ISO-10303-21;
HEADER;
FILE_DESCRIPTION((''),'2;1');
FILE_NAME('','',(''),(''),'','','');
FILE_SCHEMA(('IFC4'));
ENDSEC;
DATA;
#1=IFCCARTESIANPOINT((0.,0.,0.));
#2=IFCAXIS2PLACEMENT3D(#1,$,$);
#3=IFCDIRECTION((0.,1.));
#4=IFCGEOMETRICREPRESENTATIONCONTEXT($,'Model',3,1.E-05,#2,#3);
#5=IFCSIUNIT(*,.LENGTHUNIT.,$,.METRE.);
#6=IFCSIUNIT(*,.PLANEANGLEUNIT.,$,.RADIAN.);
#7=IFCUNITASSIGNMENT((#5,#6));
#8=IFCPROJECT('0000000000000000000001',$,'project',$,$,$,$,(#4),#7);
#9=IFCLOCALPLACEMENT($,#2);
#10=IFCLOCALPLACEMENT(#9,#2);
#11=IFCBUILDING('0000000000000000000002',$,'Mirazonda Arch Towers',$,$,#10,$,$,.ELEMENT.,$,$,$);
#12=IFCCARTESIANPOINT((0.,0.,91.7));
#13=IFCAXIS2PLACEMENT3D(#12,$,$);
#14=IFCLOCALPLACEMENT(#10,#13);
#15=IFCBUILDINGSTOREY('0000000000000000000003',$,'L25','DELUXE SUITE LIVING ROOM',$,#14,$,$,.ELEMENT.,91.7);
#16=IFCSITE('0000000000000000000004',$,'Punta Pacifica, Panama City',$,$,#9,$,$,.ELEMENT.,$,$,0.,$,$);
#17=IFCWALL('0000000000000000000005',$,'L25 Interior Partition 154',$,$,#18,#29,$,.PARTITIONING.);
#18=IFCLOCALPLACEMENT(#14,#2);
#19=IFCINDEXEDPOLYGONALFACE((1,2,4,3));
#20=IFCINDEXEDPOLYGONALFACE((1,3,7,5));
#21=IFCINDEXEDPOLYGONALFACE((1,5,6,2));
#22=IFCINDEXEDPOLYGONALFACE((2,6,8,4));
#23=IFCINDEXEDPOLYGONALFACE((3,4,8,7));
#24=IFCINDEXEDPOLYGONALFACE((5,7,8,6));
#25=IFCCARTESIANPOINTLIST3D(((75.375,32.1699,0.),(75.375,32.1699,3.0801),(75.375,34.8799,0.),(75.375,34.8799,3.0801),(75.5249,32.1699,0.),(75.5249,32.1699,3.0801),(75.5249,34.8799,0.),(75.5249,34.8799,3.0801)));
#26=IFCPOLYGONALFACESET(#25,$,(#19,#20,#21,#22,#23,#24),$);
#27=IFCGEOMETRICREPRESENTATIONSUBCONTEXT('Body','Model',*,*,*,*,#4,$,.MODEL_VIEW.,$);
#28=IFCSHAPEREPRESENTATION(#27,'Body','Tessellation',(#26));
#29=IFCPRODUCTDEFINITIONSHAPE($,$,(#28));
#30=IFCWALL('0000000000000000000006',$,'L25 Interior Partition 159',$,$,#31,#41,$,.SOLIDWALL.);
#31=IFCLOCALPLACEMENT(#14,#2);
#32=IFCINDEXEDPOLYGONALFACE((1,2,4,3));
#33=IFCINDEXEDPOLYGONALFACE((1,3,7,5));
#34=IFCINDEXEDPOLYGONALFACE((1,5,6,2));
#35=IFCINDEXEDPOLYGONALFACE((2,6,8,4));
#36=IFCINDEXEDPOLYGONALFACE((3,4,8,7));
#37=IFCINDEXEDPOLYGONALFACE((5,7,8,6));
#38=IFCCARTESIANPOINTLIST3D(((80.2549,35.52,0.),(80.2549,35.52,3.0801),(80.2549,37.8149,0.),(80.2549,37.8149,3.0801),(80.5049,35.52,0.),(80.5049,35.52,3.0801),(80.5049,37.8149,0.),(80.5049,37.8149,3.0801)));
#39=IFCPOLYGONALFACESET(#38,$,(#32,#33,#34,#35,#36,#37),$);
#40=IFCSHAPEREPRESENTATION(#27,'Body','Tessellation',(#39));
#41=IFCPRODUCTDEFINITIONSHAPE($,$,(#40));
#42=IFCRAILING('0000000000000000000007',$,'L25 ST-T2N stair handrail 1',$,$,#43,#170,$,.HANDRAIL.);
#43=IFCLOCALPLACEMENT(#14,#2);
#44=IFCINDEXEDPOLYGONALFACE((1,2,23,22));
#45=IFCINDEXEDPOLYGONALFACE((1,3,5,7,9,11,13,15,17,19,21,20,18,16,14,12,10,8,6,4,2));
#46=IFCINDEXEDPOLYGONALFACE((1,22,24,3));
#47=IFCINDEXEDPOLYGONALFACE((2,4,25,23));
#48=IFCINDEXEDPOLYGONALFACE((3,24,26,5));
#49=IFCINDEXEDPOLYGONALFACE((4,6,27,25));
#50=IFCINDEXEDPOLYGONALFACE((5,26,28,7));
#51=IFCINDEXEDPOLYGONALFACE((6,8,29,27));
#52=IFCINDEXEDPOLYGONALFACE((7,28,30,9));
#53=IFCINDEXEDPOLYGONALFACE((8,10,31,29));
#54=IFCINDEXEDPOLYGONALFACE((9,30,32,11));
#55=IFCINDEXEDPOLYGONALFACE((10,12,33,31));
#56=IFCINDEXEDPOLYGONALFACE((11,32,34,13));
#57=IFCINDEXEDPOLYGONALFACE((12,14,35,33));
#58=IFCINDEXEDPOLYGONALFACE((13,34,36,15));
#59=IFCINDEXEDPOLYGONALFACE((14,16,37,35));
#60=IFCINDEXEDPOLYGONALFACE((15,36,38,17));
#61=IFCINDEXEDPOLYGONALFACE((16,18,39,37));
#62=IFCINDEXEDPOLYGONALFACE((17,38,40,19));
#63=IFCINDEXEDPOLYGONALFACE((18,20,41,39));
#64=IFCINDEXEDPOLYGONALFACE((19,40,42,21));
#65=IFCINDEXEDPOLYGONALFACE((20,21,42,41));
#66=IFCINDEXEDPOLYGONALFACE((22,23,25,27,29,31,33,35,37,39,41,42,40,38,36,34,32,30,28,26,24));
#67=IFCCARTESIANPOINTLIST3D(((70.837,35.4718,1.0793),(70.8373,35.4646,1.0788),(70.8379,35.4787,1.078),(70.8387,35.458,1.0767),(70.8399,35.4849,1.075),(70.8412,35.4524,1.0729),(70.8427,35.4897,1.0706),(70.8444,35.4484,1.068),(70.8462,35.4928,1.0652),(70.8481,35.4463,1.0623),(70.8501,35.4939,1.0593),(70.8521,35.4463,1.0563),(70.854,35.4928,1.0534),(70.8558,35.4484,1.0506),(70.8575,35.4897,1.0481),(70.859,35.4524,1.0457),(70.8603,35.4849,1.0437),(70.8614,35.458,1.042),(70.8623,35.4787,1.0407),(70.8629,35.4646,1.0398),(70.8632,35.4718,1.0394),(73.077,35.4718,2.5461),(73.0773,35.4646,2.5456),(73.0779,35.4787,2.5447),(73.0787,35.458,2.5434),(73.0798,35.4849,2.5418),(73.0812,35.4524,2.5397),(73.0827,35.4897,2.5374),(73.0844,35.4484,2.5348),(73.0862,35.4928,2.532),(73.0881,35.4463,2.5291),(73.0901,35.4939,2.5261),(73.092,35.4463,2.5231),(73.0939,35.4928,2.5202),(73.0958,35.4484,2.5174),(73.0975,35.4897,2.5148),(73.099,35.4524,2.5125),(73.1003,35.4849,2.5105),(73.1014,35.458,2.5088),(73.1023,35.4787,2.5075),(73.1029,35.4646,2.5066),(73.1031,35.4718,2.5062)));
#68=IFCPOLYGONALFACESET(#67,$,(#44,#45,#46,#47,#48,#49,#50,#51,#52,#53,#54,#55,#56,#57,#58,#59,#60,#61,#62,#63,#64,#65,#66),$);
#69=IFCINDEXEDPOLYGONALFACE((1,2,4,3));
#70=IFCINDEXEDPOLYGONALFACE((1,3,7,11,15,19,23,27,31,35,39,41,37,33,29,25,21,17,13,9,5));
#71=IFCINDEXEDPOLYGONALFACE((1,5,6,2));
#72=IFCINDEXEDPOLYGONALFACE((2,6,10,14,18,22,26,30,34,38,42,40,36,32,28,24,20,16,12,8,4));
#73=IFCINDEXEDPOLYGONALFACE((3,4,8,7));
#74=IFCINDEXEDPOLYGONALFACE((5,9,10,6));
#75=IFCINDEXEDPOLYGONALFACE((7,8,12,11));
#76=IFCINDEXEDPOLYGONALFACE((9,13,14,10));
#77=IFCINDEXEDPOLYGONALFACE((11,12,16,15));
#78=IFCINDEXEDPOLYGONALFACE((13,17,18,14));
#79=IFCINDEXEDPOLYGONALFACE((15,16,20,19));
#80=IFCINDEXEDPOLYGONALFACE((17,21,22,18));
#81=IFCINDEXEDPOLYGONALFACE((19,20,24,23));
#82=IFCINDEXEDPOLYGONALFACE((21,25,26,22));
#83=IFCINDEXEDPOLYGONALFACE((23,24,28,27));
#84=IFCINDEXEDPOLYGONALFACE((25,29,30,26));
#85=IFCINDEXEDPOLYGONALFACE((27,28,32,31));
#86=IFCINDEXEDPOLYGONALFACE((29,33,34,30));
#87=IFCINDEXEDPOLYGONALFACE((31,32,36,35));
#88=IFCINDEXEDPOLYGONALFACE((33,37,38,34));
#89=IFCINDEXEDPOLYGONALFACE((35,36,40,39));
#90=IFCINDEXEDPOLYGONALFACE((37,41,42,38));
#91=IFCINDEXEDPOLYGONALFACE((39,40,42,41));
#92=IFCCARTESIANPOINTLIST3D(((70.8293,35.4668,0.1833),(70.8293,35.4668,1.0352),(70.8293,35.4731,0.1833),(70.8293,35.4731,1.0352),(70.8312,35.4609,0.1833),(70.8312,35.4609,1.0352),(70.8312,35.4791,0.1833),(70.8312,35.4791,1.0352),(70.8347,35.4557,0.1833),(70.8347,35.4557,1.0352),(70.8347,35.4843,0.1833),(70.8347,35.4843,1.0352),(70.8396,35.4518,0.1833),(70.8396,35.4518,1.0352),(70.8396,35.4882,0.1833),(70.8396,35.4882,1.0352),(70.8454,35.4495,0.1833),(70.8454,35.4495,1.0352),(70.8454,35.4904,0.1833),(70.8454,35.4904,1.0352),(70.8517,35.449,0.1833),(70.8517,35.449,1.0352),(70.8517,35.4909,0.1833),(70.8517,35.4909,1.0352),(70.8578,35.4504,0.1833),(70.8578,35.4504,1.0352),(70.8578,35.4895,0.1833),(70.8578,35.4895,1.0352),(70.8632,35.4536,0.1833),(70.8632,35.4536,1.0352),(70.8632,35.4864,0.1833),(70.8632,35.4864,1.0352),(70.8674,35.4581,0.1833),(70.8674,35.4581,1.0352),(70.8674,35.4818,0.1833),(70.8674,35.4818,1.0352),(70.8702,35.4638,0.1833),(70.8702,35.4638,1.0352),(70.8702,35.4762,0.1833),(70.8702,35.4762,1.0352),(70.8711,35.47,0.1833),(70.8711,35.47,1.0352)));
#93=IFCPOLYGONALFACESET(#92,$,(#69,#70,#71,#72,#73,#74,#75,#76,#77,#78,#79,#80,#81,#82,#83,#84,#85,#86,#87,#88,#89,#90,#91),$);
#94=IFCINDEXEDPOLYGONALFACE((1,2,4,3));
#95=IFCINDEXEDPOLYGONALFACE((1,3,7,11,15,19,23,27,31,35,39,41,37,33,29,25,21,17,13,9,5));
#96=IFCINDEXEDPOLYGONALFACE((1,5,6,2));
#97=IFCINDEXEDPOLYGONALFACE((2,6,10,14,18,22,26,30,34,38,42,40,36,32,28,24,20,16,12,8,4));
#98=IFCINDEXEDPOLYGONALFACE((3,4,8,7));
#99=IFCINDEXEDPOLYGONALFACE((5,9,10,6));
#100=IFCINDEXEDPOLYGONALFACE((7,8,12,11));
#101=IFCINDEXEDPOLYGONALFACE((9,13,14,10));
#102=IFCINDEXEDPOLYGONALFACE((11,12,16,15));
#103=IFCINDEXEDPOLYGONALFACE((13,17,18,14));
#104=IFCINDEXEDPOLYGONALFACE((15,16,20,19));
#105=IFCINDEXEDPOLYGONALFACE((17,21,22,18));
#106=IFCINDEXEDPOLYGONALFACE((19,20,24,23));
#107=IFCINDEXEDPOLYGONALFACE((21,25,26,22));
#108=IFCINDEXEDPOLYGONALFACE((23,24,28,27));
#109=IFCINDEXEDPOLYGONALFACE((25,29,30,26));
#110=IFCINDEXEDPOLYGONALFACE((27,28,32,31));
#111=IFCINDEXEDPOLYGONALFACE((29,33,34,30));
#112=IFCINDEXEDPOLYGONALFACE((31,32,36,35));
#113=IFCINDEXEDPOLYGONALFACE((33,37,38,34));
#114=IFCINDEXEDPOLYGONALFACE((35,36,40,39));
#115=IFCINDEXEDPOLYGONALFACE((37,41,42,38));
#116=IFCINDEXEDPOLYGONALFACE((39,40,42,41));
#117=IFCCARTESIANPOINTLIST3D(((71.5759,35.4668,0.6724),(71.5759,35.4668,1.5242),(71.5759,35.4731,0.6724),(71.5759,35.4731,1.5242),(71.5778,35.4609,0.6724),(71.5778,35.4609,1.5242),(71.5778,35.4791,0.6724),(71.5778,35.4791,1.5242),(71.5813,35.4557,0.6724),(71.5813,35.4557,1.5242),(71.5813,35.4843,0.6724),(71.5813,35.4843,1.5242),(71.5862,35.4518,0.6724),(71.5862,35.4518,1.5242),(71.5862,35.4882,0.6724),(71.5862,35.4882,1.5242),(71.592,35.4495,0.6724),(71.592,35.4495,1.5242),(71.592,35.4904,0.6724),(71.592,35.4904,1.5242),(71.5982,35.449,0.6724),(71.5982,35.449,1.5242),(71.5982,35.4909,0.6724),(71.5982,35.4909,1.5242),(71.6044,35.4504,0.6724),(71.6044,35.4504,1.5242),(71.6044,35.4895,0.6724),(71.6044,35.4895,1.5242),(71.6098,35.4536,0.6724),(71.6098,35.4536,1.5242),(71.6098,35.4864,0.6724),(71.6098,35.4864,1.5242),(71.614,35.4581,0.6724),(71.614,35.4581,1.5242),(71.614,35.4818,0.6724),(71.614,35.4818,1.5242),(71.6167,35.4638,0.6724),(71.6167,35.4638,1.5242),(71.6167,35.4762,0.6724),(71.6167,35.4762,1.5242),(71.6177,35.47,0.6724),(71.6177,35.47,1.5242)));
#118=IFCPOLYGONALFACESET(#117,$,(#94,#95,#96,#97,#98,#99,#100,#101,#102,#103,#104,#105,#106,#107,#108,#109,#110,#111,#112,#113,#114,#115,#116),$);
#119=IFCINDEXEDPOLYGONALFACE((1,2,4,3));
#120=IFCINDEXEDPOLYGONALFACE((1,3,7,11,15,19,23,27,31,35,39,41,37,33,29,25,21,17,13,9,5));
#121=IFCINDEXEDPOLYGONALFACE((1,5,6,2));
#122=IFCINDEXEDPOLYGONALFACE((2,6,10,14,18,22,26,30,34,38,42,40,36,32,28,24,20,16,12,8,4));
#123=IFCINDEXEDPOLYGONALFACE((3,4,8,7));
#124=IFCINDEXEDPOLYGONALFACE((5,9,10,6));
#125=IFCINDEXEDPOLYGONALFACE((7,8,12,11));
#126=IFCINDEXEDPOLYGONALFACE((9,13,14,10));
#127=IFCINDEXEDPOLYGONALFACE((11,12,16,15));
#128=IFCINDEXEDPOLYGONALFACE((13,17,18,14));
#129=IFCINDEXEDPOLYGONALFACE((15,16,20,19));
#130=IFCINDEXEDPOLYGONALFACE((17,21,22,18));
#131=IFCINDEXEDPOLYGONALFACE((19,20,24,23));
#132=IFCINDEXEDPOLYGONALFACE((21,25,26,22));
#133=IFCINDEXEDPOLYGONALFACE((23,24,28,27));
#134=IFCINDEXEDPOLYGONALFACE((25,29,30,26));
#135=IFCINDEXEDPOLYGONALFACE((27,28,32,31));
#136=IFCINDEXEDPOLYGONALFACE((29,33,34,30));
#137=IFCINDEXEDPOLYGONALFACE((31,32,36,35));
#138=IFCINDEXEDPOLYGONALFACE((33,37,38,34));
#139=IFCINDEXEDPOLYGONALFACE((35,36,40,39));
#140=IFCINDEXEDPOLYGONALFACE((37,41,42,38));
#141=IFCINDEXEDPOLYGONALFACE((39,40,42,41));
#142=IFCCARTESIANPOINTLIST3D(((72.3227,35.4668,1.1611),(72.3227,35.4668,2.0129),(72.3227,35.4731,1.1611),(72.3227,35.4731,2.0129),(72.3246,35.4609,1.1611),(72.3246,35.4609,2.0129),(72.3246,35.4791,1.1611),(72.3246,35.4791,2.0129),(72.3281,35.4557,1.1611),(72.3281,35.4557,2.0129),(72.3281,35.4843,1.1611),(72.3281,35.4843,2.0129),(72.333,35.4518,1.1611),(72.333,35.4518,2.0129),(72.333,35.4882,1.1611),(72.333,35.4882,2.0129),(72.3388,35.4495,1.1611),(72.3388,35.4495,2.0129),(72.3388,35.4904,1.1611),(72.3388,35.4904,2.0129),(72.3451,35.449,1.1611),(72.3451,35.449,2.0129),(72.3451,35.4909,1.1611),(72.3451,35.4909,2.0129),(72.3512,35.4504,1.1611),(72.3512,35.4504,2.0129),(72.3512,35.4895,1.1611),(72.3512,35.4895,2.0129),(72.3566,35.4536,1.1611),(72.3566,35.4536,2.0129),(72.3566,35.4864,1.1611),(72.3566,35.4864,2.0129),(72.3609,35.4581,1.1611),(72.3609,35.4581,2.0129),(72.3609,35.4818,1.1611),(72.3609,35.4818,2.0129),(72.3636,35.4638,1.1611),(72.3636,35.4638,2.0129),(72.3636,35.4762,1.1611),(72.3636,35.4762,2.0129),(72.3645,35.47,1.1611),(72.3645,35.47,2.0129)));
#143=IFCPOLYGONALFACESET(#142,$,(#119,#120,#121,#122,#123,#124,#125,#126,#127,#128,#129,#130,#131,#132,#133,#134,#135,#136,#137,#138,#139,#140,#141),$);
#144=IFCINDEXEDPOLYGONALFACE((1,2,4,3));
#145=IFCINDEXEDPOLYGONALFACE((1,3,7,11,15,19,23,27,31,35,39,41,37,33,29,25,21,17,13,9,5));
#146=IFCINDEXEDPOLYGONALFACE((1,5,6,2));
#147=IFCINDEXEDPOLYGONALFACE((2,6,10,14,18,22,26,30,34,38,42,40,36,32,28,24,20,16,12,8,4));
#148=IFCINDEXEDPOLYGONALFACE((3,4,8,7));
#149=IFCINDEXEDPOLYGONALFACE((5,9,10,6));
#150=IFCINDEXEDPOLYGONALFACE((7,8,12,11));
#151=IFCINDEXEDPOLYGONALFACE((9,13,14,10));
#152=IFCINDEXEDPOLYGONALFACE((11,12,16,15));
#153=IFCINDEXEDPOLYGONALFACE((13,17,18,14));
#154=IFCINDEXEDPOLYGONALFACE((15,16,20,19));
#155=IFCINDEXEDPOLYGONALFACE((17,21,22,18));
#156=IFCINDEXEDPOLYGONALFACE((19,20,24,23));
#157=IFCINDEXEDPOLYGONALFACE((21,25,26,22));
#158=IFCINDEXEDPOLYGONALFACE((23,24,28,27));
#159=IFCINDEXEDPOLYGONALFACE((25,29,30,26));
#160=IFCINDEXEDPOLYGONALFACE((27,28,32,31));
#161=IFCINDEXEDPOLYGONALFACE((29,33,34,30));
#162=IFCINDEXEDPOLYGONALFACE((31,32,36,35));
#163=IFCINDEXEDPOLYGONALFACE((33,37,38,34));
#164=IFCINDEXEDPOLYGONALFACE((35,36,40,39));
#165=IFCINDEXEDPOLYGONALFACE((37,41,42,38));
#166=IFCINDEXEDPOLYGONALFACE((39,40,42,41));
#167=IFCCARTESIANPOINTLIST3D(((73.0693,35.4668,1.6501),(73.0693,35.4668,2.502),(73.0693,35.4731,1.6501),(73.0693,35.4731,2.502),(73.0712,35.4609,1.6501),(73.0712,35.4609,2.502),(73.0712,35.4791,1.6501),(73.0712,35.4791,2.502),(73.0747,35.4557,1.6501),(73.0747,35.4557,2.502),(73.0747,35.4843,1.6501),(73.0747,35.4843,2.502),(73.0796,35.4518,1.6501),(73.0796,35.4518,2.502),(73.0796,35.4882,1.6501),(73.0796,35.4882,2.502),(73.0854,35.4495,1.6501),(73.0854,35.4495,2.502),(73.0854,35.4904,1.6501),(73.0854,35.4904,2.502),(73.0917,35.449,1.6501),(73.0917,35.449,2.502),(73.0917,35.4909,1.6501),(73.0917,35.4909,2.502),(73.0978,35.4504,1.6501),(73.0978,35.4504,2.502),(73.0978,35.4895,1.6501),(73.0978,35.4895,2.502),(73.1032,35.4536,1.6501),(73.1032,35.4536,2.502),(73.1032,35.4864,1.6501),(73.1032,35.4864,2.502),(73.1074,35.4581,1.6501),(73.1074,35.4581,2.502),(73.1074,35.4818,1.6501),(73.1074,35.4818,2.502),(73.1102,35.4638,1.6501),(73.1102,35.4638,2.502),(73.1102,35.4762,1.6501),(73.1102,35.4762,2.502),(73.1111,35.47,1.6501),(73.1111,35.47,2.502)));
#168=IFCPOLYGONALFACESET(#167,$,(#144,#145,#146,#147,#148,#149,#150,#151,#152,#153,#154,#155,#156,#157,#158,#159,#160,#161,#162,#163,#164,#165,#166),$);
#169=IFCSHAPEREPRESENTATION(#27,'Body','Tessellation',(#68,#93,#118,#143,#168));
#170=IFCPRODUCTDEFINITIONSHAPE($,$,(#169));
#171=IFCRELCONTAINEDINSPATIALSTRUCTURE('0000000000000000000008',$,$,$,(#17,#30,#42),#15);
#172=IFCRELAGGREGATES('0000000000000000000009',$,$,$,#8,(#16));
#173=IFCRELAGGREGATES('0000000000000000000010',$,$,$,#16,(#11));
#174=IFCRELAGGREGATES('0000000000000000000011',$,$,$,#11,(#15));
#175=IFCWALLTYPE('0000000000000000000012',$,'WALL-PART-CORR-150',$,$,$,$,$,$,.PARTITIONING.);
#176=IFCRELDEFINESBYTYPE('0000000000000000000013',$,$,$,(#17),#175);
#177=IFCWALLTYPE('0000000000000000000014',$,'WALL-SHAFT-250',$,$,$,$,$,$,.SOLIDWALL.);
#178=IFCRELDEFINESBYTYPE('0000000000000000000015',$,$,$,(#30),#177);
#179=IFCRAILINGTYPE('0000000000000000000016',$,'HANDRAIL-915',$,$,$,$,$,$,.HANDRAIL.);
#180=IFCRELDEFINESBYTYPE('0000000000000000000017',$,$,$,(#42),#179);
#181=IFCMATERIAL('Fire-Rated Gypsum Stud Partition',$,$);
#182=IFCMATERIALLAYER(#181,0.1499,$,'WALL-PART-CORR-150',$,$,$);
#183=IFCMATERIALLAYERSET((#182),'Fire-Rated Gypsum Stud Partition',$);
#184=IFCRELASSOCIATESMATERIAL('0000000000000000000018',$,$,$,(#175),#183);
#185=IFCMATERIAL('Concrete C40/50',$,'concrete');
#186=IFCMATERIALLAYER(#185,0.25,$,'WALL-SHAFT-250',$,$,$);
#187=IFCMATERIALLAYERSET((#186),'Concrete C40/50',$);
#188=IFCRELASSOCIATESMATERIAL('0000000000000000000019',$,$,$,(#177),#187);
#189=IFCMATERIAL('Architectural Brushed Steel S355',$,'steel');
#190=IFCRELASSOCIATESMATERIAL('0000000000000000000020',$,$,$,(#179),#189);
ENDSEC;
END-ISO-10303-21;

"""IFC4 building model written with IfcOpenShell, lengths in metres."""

from ifc_helpers import new_model, si_unit, direction, frame, frame_2d, origin, origin_2d, place, context, subcontext, project, spatial, rectangle, circle, extrude, material, layer, layer_set, type_object, element, save


model = new_model("IFC4")

# Units and contexts
model_context = context("Model", 3, precision=1e-05, world=origin(), true_north=direction((0.0, 1.0)))
body_context = subcontext(model_context, "Body", "Model", "MODEL_VIEW")
ifc_project = project(units=[si_unit("LENGTHUNIT", "METRE"), si_unit("PLANEANGLEUNIT", "RADIAN")], contexts=[model_context])

# Site, building, storey
site_placement = place(None, origin())
site = spatial("IfcSite", under=ifc_project, at=site_placement, Name="Punta Pacifica, Panama City", CompositionType="ELEMENT", RefElevation=0.0)
building_placement = place(site_placement, origin())
building = spatial("IfcBuilding", under=site, at=building_placement, Name="Mirazonda Arch Towers", CompositionType="ELEMENT")
storey_placement = place(building_placement, frame((0.0, 0.0, 91.7)))
storey = spatial("IfcBuildingStorey", under=building, at=storey_placement, Name="L25", Description="DELUXE SUITE LIVING ROOM", CompositionType="ELEMENT", Elevation=91.7)

# Shared definitions
ifc_material_1 = material(Name="Architectural Brushed Steel S355", Category="steel")
ifc_material_2 = material(Name="Concrete C40/50", Category="concrete")

# Walls
ifc_material_3 = material(Name="Fire-Rated Gypsum Stud Partition")
ifc_layer_1 = layer(ifc_material_3, 0.1499, Name="WALL-PART-CORR-150")
ifc_layer_set_1 = layer_set([ifc_layer_1], Name="Fire-Rated Gypsum Stud Partition")
wall_type_1 = type_object("IfcWallType", Name="WALL-PART-CORR-150", PredefinedType="PARTITIONING", material=ifc_layer_set_1)
for number, where, z_axis, x_axis, name in (
    (1, (75.45, 32.1699, 0.0), (0.0, 0.0, 1.0), (0.0, 1.0, 0.0), "L25 Interior Partition 154"),
):
    element("IfcWall", number, at=place(storey_placement, frame(where, z_axis=z_axis, x_axis=x_axis)), inside=storey, type_object=wall_type_1, Name=name, PredefinedType="PARTITIONING", context=body_context, shape_type="SweptSolid", body=[
        extrude(rectangle(XDim=2.71, YDim=0.1499, at=frame_2d((1.355, 0.0))), origin(), (0.0, 0.0, 1.0), 3.0801),
    ])
ifc_layer_2 = layer(ifc_material_2, 0.25, Name="WALL-SHAFT-250")
ifc_layer_set_2 = layer_set([ifc_layer_2], Name="Concrete C40/50")
wall_type_2 = type_object("IfcWallType", Name="WALL-SHAFT-250", PredefinedType="SOLIDWALL", material=ifc_layer_set_2)
wall_1_placement = place(storey_placement, frame((80.3799, 35.52, 0.0), z_axis=(0.0, 0.0, 1.0), x_axis=(0.0, 1.0, 0.0)))
element("IfcWall", 2, at=wall_1_placement, inside=storey, type_object=wall_type_2, Name="L25 Interior Partition 159", PredefinedType="SOLIDWALL", context=body_context, shape_type="SweptSolid", body=[
    extrude(rectangle(XDim=2.2949, YDim=0.25, at=frame_2d((1.1475, 0.0))), origin(), (0.0, 0.0, 1.0), 3.0801),
])

# Railing
railing_type = type_object("IfcRailingType", Name="HANDRAIL-915", PredefinedType="HANDRAIL", material=ifc_material_1)
railing_placement = place(storey_placement, frame((70.8501, 35.47, 0.1833)))
element("IfcRailing", 3, at=railing_placement, inside=storey, type_object=railing_type, Name="L25 ST-T2N stair handrail 1", PredefinedType="HANDRAIL", context=body_context, shape_type="SweptSolid", body=[
    extrude(circle(Radius=0.0239, at=origin_2d()), frame((0.0, 0.0, 0.876), z_axis=(0.836595, 0.0, 0.547822), x_axis=(0.0, 1.0, 0.0)), (0.0, 0.0, 1.0), 2.6775),
    extrude(circle(Radius=0.021, at=origin_2d()), origin(), (0.0, 0.0, 1.0), 0.8518),
    extrude(circle(Radius=0.021, at=origin_2d()), frame((0.7466, 0.0, 0.489)), (0.0, 0.0, 1.0), 0.8518),
    extrude(circle(Radius=0.021, at=origin_2d()), frame((1.4934, 0.0, 0.9778)), (0.0, 0.0, 1.0), 0.8518),
    extrude(circle(Radius=0.021, at=origin_2d()), frame((2.24, 0.0, 1.4668)), (0.0, 0.0, 1.0), 0.8518),
])

save(model, "model.ifc")
